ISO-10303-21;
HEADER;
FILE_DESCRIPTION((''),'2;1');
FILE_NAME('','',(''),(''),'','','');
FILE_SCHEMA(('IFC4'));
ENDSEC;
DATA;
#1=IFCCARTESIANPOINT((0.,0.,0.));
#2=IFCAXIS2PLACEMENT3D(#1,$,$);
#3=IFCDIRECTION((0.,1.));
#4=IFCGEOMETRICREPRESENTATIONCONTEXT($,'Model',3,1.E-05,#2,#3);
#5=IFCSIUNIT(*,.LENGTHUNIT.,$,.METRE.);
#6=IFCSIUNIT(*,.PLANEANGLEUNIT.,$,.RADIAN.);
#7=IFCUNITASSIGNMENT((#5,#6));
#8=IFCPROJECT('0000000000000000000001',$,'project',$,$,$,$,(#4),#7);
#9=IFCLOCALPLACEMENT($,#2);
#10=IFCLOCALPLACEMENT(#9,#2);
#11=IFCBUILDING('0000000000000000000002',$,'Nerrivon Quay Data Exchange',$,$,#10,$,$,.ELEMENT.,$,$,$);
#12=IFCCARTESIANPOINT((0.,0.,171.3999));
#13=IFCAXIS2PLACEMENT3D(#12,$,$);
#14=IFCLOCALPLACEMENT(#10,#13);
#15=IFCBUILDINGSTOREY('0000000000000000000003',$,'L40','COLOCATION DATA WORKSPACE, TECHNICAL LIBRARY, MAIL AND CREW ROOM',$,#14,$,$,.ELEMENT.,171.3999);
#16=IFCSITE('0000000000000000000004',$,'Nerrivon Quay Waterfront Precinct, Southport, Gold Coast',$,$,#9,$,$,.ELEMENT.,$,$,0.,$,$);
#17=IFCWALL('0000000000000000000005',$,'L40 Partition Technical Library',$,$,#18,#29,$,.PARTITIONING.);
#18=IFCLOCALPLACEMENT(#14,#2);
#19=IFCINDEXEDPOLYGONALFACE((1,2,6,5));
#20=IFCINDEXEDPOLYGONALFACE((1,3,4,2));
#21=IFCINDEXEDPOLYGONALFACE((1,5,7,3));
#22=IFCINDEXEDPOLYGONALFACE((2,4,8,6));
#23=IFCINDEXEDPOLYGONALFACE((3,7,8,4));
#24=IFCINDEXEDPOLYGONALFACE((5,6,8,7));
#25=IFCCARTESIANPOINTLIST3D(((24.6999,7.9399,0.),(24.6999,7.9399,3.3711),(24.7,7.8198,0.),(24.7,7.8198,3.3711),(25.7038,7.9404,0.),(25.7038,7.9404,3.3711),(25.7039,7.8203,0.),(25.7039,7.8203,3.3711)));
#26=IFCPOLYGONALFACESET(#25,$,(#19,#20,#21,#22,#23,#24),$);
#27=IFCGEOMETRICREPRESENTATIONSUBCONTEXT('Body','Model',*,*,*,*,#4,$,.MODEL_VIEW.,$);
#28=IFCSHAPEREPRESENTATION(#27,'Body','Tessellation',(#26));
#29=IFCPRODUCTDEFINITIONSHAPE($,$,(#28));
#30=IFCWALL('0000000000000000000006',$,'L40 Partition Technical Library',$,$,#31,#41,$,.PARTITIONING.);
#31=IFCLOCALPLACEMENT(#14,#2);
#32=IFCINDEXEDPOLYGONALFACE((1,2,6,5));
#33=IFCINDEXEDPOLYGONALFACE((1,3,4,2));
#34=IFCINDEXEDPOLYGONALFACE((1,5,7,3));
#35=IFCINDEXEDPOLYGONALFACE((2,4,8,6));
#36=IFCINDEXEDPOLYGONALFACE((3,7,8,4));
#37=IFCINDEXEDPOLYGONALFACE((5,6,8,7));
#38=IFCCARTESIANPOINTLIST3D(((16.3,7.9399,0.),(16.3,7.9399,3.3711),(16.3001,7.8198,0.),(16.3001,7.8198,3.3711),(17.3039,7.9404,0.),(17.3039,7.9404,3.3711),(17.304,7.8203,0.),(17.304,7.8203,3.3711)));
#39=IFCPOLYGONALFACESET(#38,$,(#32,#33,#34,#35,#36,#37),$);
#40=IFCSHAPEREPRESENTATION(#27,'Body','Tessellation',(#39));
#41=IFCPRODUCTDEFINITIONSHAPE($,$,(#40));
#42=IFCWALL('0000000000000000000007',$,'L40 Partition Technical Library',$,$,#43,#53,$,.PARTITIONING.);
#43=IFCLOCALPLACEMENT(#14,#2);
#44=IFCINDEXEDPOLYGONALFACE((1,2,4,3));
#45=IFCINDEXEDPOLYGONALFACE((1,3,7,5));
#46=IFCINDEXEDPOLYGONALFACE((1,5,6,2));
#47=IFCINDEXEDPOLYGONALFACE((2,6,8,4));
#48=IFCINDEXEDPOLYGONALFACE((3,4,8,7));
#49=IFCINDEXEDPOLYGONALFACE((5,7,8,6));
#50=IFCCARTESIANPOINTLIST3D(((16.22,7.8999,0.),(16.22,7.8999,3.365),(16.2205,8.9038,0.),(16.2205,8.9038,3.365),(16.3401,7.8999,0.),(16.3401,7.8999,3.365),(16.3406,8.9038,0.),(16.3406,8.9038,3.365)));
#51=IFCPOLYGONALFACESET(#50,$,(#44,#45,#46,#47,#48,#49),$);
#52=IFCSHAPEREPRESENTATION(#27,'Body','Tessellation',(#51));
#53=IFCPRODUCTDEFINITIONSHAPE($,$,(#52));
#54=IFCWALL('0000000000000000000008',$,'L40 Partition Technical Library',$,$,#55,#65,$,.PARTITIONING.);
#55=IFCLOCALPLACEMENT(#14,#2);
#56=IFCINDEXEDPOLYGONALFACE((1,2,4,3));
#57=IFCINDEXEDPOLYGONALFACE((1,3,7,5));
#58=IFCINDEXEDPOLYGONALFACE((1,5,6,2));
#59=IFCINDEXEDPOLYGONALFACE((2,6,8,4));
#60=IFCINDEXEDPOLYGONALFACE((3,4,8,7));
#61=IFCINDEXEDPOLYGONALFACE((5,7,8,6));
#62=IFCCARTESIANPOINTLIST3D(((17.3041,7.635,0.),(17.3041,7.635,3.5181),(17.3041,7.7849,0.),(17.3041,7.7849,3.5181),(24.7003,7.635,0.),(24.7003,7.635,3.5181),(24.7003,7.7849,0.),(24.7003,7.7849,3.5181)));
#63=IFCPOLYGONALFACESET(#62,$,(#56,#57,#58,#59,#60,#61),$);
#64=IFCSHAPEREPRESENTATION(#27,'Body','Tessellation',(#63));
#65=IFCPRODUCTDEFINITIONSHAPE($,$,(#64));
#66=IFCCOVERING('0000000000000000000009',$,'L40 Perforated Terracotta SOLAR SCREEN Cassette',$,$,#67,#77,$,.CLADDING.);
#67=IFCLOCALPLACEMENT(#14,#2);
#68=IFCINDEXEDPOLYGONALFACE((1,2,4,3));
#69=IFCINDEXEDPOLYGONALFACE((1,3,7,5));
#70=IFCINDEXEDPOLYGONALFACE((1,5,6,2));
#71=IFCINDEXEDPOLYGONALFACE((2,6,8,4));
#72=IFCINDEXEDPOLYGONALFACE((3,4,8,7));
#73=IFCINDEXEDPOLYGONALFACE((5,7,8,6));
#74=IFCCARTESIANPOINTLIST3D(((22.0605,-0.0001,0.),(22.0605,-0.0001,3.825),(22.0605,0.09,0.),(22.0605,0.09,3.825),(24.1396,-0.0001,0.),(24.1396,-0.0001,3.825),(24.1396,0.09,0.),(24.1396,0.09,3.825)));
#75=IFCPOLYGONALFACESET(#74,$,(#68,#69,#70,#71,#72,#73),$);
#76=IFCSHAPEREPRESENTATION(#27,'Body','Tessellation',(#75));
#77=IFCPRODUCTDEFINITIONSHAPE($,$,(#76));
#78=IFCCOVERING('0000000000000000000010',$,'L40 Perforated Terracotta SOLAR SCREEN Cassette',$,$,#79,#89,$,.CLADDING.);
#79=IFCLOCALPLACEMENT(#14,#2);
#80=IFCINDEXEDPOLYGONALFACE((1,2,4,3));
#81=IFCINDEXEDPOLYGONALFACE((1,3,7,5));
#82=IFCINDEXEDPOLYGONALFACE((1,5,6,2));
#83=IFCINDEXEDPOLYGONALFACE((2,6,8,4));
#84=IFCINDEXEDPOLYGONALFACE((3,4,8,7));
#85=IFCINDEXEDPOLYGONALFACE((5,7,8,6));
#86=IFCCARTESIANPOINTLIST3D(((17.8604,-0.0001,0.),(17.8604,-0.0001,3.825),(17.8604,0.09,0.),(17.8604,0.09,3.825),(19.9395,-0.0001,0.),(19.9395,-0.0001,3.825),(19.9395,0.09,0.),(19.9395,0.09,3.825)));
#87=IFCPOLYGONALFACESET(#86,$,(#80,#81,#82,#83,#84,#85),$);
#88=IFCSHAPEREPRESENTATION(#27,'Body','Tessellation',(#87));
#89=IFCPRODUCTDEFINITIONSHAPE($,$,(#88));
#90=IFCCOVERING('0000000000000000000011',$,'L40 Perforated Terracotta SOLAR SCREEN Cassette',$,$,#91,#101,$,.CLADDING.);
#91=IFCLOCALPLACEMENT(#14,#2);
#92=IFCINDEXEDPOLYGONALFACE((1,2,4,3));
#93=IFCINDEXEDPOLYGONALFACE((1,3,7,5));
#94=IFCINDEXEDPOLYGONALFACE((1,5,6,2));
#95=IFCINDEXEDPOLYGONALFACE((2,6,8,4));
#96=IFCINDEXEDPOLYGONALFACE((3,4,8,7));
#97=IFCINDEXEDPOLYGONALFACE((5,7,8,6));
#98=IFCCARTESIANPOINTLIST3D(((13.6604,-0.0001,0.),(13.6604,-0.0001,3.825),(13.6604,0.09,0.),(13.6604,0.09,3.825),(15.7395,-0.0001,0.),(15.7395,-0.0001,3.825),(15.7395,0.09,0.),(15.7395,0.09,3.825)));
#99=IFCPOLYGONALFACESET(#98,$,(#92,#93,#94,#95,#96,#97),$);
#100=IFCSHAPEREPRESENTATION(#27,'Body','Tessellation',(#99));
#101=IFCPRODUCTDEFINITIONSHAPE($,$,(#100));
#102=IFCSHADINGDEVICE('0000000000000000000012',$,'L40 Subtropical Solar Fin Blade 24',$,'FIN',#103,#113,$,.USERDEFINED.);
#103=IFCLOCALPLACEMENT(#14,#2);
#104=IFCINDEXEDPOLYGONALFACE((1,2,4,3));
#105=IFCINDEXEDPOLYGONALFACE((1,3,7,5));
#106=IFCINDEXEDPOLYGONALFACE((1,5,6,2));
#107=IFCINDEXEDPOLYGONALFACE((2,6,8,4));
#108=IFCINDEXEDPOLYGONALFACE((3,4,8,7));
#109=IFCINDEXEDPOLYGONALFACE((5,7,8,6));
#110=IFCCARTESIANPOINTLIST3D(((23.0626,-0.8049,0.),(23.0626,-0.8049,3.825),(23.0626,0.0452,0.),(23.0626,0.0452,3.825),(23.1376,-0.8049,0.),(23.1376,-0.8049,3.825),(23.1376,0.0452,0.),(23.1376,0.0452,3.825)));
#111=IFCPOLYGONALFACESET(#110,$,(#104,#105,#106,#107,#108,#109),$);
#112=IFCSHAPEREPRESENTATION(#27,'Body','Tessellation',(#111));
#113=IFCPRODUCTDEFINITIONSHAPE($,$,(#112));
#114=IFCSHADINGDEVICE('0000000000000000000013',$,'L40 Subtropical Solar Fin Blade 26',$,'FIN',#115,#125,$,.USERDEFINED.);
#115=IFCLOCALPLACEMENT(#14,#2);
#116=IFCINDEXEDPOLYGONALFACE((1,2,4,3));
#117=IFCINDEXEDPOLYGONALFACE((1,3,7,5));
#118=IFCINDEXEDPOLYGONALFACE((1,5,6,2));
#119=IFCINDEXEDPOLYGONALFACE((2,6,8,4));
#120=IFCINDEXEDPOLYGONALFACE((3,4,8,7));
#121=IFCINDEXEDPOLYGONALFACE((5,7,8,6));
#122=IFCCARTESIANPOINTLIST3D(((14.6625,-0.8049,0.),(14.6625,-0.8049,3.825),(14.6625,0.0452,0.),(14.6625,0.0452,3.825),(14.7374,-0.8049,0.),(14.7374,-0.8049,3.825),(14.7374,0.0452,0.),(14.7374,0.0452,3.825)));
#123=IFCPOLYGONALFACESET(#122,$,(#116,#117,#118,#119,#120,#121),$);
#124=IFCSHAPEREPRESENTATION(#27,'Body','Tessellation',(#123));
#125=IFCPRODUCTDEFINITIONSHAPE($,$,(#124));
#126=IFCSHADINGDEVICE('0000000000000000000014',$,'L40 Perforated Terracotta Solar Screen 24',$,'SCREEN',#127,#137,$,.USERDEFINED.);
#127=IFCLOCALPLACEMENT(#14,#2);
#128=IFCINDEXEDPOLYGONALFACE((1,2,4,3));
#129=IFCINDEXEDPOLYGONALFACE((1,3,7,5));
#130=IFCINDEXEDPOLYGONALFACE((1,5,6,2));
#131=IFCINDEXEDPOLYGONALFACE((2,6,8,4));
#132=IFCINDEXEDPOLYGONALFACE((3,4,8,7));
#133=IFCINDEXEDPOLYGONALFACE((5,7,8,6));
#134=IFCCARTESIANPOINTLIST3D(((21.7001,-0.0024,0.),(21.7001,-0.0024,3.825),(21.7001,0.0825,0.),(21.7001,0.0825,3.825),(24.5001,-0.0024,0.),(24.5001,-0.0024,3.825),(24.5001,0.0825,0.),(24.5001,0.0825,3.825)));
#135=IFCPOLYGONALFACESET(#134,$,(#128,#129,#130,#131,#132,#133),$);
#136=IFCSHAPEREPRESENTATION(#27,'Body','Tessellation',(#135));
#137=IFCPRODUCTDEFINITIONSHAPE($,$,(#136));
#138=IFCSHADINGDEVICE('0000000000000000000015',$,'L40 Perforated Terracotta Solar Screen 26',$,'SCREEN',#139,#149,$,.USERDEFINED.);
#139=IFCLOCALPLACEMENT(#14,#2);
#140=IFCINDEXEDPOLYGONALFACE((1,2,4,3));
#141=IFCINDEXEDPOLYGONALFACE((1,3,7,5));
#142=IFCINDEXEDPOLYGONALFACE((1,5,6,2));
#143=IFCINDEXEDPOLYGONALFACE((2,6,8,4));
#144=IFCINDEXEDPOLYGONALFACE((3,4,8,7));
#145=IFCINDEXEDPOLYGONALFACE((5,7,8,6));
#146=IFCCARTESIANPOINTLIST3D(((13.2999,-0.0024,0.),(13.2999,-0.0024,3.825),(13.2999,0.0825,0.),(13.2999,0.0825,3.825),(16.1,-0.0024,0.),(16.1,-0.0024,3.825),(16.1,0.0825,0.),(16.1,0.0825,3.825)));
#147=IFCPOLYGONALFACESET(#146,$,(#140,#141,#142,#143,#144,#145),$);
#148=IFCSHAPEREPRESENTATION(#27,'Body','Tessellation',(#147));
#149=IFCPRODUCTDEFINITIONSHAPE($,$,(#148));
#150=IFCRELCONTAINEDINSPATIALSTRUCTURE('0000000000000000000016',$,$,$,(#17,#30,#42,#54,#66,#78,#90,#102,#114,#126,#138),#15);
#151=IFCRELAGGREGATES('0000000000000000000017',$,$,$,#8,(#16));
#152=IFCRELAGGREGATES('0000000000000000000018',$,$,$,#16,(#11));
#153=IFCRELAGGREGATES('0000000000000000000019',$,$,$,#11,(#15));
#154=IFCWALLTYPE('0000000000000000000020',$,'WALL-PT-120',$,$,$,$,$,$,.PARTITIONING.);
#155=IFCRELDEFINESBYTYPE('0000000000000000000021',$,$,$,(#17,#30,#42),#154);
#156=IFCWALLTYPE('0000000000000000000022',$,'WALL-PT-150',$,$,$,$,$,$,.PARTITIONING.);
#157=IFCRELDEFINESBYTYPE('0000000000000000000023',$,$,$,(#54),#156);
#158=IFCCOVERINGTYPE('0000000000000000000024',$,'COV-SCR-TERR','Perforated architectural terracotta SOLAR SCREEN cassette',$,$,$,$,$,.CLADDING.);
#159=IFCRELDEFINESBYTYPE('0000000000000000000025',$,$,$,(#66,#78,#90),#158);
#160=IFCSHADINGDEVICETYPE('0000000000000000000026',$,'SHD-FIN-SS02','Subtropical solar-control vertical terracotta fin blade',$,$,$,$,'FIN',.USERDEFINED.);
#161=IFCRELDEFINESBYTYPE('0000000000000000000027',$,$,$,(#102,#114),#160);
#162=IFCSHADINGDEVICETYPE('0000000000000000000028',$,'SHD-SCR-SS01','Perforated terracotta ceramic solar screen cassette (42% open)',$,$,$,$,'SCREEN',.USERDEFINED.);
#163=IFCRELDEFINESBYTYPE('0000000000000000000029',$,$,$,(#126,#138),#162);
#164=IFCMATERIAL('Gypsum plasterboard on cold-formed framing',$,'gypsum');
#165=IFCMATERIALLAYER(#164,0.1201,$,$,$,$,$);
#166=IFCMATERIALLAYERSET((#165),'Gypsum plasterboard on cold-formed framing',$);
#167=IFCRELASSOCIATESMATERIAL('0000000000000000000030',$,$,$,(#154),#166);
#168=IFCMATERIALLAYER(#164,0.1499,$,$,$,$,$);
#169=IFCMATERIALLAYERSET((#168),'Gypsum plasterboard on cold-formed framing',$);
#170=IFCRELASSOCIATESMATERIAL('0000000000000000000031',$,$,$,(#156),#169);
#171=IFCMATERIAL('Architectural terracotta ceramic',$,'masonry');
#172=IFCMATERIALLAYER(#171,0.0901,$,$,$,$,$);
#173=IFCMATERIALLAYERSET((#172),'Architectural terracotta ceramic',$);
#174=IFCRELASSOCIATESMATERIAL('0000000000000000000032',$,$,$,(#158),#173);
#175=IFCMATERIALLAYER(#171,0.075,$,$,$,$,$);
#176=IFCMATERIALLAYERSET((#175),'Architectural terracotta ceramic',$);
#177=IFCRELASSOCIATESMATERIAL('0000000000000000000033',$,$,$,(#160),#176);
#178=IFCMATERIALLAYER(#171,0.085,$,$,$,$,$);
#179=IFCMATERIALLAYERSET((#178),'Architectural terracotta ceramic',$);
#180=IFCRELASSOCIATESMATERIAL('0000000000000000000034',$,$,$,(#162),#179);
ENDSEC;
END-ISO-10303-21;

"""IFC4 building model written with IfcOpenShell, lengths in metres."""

from ifc_helpers import new_model, si_unit, direction, frame, frame_2d, origin, origin_2d, place, context, subcontext, project, spatial, rectangle, extrude, material, layer, layer_set, type_object, element, save


model = new_model("IFC4")

# Units and contexts
model_context = context("Model", 3, precision=1e-05, world=origin(), true_north=direction((0.0, 1.0)))
body_context = subcontext(model_context, "Body", "Model", "MODEL_VIEW")
ifc_project = project(units=[si_unit("LENGTHUNIT", "METRE"), si_unit("PLANEANGLEUNIT", "RADIAN")], contexts=[model_context])

# Site, building, storey
site_placement = place(None, origin())
site = spatial("IfcSite", under=ifc_project, at=site_placement, Name="Nerrivon Quay Waterfront Precinct, Southport, Gold Coast", CompositionType="ELEMENT", RefElevation=0.0)
building_placement = place(site_placement, origin())
building = spatial("IfcBuilding", under=site, at=building_placement, Name="Nerrivon Quay Data Exchange", CompositionType="ELEMENT")
storey_placement = place(building_placement, frame((0.0, 0.0, 171.3999)))
storey = spatial("IfcBuildingStorey", under=building, at=storey_placement, Name="L40", Description="COLOCATION DATA WORKSPACE, TECHNICAL LIBRARY, MAIL AND CREW ROOM", CompositionType="ELEMENT", Elevation=171.3999)

# Walls
ifc_material_1 = material(Name="Gypsum plasterboard on cold-formed framing", Category="gypsum")
ifc_layer_1 = layer(ifc_material_1, 0.1201)
ifc_layer_set_1 = layer_set([ifc_layer_1], Name="Gypsum plasterboard on cold-formed framing")
wall_type_1 = type_object("IfcWallType", Name="WALL-PT-120", PredefinedType="PARTITIONING", material=ifc_layer_set_1)
for number, where, z_axis, x_axis, name in (
    (1, (25.7039, 7.8804, 0.0), (0.0, 0.0, 1.0), (-1.0, -0.000486, 0.0), "L40 Partition Technical Library"),
    (2, (17.304, 7.8804, 0.0), (0.0, 0.0, 1.0), (-1.0, -0.000486, 0.0), "L40 Partition Technical Library"),
):
    element("IfcWall", number, at=place(storey_placement, frame(where, z_axis=z_axis, x_axis=x_axis)), inside=storey, type_object=wall_type_1, Name=name, PredefinedType="PARTITIONING", context=body_context, shape_type="SweptSolid", body=[
        extrude(rectangle(XDim=1.0039, YDim=0.1201, at=frame_2d((0.502, 0.0))), origin(), (0.0, 0.0, 1.0), 3.3711),
    ])
wall_1_placement = place(storey_placement, frame((16.28, 7.8999, 0.0), z_axis=(0.0, 0.0, 1.0), x_axis=(0.000486, 1.0, 0.0)))
element("IfcWall", 3, at=wall_1_placement, inside=storey, type_object=wall_type_1, Name="L40 Partition Technical Library", PredefinedType="PARTITIONING", context=body_context, shape_type="SweptSolid", body=[
    extrude(rectangle(XDim=1.0039, YDim=0.1201, at=frame_2d((0.502, 0.0))), origin(), (0.0, 0.0, 1.0), 3.365),
])
ifc_layer_2 = layer(ifc_material_1, 0.1499)
ifc_layer_set_2 = layer_set([ifc_layer_2], Name="Gypsum plasterboard on cold-formed framing")
wall_type_2 = type_object("IfcWallType", Name="WALL-PT-150", PredefinedType="PARTITIONING", material=ifc_layer_set_2)
wall_2_placement = place(storey_placement, frame((17.304, 7.71, 0.0), z_axis=(0.0, 0.0, 1.0), x_axis=(1.0, 0.0, 0.0)))
element("IfcWall", 4, at=wall_2_placement, inside=storey, type_object=wall_type_2, Name="L40 Partition Technical Library", PredefinedType="PARTITIONING", context=body_context, shape_type="SweptSolid", body=[
    extrude(rectangle(XDim=7.3962, YDim=0.1499, at=frame_2d((3.6982, 0.0))), origin(), (0.0, 0.0, 1.0), 3.5181),
])

# Coverings
ifc_material_2 = material(Name="Architectural terracotta ceramic", Category="masonry")
ifc_layer_3 = layer(ifc_material_2, 0.0901)
ifc_layer_set_3 = layer_set([ifc_layer_3], Name="Architectural terracotta ceramic")
covering_type = type_object("IfcCoveringType", Name="COV-SCR-TERR", Description="Perforated architectural terracotta SOLAR SCREEN cassette", PredefinedType="CLADDING", material=ifc_layer_set_3)
for number, where, z_axis, x_axis, name in (
    (5, (23.1001, 0.0449, 0.0), (0.0, 0.0, 1.0), (-1.0, 0.0, 0.0), "L40 Perforated Terracotta SOLAR SCREEN Cassette"),
    (6, (18.8999, 0.0449, 0.0), (0.0, 0.0, 1.0), (-1.0, 0.0, 0.0), "L40 Perforated Terracotta SOLAR SCREEN Cassette"),
    (7, (14.7, 0.0449, 0.0), (0.0, 0.0, 1.0), (-1.0, 0.0, 0.0), "L40 Perforated Terracotta SOLAR SCREEN Cassette"),
):
    element("IfcCovering", number, at=place(storey_placement, frame(where, z_axis=z_axis, x_axis=x_axis)), inside=storey, type_object=covering_type, Name=name, PredefinedType="CLADDING", context=body_context, shape_type="SweptSolid", body=[
        extrude(rectangle(XDim=2.0791, YDim=0.0901, at=origin_2d()), origin(), (0.0, 0.0, 1.0), 3.825),
    ])

# Shading devices
ifc_layer_4 = layer(ifc_material_2, 0.075)
ifc_layer_set_4 = layer_set([ifc_layer_4], Name="Architectural terracotta ceramic")
shading_device_type_1 = type_object("IfcShadingDeviceType", Name="SHD-FIN-SS02", Description="Subtropical solar-control vertical terracotta fin blade", ElementType="FIN", PredefinedType="USERDEFINED", material=ifc_layer_set_4)
for number, where, z_axis, x_axis, name in (
    (8, (23.1001, -0.3799, 0.0), (0.0, 0.0, 1.0), (-1.0, 0.0, 0.0), "L40 Subtropical Solar Fin Blade 24"),
    (9, (14.7, -0.3799, 0.0), (0.0, 0.0, 1.0), (-1.0, 0.0, 0.0), "L40 Subtropical Solar Fin Blade 26"),
):
    element("IfcShadingDevice", number, at=place(storey_placement, frame(where, z_axis=z_axis, x_axis=x_axis)), inside=storey, type_object=shading_device_type_1, Name=name, ObjectType="FIN", PredefinedType="USERDEFINED", context=body_context, shape_type="SweptSolid", body=[
        extrude(rectangle(XDim=0.075, YDim=0.8501, at=origin_2d()), origin(), (0.0, 0.0, 1.0), 3.825),
    ])
ifc_layer_5 = layer(ifc_material_2, 0.085)
ifc_layer_set_5 = layer_set([ifc_layer_5], Name="Architectural terracotta ceramic")
shading_device_type_2 = type_object("IfcShadingDeviceType", Name="SHD-SCR-SS01", Description="Perforated terracotta ceramic solar screen cassette (42% open)", ElementType="SCREEN", PredefinedType="USERDEFINED", material=ifc_layer_set_5)
for number, where, z_axis, x_axis, name in (
    (10, (23.1001, 0.04, 0.0), (0.0, 0.0, 1.0), (-1.0, 0.0, 0.0), "L40 Perforated Terracotta Solar Screen 24"),
    (11, (14.7, 0.04, 0.0), (0.0, 0.0, 1.0), (-1.0, 0.0, 0.0), "L40 Perforated Terracotta Solar Screen 26"),
):
    element("IfcShadingDevice", number, at=place(storey_placement, frame(where, z_axis=z_axis, x_axis=x_axis)), inside=storey, type_object=shading_device_type_2, Name=name, ObjectType="SCREEN", PredefinedType="USERDEFINED", context=body_context, shape_type="SweptSolid", body=[
        extrude(rectangle(XDim=2.8, YDim=0.085, at=origin_2d()), origin(), (0.0, 0.0, 1.0), 3.825),
    ])

save(model, "model.ifc")
